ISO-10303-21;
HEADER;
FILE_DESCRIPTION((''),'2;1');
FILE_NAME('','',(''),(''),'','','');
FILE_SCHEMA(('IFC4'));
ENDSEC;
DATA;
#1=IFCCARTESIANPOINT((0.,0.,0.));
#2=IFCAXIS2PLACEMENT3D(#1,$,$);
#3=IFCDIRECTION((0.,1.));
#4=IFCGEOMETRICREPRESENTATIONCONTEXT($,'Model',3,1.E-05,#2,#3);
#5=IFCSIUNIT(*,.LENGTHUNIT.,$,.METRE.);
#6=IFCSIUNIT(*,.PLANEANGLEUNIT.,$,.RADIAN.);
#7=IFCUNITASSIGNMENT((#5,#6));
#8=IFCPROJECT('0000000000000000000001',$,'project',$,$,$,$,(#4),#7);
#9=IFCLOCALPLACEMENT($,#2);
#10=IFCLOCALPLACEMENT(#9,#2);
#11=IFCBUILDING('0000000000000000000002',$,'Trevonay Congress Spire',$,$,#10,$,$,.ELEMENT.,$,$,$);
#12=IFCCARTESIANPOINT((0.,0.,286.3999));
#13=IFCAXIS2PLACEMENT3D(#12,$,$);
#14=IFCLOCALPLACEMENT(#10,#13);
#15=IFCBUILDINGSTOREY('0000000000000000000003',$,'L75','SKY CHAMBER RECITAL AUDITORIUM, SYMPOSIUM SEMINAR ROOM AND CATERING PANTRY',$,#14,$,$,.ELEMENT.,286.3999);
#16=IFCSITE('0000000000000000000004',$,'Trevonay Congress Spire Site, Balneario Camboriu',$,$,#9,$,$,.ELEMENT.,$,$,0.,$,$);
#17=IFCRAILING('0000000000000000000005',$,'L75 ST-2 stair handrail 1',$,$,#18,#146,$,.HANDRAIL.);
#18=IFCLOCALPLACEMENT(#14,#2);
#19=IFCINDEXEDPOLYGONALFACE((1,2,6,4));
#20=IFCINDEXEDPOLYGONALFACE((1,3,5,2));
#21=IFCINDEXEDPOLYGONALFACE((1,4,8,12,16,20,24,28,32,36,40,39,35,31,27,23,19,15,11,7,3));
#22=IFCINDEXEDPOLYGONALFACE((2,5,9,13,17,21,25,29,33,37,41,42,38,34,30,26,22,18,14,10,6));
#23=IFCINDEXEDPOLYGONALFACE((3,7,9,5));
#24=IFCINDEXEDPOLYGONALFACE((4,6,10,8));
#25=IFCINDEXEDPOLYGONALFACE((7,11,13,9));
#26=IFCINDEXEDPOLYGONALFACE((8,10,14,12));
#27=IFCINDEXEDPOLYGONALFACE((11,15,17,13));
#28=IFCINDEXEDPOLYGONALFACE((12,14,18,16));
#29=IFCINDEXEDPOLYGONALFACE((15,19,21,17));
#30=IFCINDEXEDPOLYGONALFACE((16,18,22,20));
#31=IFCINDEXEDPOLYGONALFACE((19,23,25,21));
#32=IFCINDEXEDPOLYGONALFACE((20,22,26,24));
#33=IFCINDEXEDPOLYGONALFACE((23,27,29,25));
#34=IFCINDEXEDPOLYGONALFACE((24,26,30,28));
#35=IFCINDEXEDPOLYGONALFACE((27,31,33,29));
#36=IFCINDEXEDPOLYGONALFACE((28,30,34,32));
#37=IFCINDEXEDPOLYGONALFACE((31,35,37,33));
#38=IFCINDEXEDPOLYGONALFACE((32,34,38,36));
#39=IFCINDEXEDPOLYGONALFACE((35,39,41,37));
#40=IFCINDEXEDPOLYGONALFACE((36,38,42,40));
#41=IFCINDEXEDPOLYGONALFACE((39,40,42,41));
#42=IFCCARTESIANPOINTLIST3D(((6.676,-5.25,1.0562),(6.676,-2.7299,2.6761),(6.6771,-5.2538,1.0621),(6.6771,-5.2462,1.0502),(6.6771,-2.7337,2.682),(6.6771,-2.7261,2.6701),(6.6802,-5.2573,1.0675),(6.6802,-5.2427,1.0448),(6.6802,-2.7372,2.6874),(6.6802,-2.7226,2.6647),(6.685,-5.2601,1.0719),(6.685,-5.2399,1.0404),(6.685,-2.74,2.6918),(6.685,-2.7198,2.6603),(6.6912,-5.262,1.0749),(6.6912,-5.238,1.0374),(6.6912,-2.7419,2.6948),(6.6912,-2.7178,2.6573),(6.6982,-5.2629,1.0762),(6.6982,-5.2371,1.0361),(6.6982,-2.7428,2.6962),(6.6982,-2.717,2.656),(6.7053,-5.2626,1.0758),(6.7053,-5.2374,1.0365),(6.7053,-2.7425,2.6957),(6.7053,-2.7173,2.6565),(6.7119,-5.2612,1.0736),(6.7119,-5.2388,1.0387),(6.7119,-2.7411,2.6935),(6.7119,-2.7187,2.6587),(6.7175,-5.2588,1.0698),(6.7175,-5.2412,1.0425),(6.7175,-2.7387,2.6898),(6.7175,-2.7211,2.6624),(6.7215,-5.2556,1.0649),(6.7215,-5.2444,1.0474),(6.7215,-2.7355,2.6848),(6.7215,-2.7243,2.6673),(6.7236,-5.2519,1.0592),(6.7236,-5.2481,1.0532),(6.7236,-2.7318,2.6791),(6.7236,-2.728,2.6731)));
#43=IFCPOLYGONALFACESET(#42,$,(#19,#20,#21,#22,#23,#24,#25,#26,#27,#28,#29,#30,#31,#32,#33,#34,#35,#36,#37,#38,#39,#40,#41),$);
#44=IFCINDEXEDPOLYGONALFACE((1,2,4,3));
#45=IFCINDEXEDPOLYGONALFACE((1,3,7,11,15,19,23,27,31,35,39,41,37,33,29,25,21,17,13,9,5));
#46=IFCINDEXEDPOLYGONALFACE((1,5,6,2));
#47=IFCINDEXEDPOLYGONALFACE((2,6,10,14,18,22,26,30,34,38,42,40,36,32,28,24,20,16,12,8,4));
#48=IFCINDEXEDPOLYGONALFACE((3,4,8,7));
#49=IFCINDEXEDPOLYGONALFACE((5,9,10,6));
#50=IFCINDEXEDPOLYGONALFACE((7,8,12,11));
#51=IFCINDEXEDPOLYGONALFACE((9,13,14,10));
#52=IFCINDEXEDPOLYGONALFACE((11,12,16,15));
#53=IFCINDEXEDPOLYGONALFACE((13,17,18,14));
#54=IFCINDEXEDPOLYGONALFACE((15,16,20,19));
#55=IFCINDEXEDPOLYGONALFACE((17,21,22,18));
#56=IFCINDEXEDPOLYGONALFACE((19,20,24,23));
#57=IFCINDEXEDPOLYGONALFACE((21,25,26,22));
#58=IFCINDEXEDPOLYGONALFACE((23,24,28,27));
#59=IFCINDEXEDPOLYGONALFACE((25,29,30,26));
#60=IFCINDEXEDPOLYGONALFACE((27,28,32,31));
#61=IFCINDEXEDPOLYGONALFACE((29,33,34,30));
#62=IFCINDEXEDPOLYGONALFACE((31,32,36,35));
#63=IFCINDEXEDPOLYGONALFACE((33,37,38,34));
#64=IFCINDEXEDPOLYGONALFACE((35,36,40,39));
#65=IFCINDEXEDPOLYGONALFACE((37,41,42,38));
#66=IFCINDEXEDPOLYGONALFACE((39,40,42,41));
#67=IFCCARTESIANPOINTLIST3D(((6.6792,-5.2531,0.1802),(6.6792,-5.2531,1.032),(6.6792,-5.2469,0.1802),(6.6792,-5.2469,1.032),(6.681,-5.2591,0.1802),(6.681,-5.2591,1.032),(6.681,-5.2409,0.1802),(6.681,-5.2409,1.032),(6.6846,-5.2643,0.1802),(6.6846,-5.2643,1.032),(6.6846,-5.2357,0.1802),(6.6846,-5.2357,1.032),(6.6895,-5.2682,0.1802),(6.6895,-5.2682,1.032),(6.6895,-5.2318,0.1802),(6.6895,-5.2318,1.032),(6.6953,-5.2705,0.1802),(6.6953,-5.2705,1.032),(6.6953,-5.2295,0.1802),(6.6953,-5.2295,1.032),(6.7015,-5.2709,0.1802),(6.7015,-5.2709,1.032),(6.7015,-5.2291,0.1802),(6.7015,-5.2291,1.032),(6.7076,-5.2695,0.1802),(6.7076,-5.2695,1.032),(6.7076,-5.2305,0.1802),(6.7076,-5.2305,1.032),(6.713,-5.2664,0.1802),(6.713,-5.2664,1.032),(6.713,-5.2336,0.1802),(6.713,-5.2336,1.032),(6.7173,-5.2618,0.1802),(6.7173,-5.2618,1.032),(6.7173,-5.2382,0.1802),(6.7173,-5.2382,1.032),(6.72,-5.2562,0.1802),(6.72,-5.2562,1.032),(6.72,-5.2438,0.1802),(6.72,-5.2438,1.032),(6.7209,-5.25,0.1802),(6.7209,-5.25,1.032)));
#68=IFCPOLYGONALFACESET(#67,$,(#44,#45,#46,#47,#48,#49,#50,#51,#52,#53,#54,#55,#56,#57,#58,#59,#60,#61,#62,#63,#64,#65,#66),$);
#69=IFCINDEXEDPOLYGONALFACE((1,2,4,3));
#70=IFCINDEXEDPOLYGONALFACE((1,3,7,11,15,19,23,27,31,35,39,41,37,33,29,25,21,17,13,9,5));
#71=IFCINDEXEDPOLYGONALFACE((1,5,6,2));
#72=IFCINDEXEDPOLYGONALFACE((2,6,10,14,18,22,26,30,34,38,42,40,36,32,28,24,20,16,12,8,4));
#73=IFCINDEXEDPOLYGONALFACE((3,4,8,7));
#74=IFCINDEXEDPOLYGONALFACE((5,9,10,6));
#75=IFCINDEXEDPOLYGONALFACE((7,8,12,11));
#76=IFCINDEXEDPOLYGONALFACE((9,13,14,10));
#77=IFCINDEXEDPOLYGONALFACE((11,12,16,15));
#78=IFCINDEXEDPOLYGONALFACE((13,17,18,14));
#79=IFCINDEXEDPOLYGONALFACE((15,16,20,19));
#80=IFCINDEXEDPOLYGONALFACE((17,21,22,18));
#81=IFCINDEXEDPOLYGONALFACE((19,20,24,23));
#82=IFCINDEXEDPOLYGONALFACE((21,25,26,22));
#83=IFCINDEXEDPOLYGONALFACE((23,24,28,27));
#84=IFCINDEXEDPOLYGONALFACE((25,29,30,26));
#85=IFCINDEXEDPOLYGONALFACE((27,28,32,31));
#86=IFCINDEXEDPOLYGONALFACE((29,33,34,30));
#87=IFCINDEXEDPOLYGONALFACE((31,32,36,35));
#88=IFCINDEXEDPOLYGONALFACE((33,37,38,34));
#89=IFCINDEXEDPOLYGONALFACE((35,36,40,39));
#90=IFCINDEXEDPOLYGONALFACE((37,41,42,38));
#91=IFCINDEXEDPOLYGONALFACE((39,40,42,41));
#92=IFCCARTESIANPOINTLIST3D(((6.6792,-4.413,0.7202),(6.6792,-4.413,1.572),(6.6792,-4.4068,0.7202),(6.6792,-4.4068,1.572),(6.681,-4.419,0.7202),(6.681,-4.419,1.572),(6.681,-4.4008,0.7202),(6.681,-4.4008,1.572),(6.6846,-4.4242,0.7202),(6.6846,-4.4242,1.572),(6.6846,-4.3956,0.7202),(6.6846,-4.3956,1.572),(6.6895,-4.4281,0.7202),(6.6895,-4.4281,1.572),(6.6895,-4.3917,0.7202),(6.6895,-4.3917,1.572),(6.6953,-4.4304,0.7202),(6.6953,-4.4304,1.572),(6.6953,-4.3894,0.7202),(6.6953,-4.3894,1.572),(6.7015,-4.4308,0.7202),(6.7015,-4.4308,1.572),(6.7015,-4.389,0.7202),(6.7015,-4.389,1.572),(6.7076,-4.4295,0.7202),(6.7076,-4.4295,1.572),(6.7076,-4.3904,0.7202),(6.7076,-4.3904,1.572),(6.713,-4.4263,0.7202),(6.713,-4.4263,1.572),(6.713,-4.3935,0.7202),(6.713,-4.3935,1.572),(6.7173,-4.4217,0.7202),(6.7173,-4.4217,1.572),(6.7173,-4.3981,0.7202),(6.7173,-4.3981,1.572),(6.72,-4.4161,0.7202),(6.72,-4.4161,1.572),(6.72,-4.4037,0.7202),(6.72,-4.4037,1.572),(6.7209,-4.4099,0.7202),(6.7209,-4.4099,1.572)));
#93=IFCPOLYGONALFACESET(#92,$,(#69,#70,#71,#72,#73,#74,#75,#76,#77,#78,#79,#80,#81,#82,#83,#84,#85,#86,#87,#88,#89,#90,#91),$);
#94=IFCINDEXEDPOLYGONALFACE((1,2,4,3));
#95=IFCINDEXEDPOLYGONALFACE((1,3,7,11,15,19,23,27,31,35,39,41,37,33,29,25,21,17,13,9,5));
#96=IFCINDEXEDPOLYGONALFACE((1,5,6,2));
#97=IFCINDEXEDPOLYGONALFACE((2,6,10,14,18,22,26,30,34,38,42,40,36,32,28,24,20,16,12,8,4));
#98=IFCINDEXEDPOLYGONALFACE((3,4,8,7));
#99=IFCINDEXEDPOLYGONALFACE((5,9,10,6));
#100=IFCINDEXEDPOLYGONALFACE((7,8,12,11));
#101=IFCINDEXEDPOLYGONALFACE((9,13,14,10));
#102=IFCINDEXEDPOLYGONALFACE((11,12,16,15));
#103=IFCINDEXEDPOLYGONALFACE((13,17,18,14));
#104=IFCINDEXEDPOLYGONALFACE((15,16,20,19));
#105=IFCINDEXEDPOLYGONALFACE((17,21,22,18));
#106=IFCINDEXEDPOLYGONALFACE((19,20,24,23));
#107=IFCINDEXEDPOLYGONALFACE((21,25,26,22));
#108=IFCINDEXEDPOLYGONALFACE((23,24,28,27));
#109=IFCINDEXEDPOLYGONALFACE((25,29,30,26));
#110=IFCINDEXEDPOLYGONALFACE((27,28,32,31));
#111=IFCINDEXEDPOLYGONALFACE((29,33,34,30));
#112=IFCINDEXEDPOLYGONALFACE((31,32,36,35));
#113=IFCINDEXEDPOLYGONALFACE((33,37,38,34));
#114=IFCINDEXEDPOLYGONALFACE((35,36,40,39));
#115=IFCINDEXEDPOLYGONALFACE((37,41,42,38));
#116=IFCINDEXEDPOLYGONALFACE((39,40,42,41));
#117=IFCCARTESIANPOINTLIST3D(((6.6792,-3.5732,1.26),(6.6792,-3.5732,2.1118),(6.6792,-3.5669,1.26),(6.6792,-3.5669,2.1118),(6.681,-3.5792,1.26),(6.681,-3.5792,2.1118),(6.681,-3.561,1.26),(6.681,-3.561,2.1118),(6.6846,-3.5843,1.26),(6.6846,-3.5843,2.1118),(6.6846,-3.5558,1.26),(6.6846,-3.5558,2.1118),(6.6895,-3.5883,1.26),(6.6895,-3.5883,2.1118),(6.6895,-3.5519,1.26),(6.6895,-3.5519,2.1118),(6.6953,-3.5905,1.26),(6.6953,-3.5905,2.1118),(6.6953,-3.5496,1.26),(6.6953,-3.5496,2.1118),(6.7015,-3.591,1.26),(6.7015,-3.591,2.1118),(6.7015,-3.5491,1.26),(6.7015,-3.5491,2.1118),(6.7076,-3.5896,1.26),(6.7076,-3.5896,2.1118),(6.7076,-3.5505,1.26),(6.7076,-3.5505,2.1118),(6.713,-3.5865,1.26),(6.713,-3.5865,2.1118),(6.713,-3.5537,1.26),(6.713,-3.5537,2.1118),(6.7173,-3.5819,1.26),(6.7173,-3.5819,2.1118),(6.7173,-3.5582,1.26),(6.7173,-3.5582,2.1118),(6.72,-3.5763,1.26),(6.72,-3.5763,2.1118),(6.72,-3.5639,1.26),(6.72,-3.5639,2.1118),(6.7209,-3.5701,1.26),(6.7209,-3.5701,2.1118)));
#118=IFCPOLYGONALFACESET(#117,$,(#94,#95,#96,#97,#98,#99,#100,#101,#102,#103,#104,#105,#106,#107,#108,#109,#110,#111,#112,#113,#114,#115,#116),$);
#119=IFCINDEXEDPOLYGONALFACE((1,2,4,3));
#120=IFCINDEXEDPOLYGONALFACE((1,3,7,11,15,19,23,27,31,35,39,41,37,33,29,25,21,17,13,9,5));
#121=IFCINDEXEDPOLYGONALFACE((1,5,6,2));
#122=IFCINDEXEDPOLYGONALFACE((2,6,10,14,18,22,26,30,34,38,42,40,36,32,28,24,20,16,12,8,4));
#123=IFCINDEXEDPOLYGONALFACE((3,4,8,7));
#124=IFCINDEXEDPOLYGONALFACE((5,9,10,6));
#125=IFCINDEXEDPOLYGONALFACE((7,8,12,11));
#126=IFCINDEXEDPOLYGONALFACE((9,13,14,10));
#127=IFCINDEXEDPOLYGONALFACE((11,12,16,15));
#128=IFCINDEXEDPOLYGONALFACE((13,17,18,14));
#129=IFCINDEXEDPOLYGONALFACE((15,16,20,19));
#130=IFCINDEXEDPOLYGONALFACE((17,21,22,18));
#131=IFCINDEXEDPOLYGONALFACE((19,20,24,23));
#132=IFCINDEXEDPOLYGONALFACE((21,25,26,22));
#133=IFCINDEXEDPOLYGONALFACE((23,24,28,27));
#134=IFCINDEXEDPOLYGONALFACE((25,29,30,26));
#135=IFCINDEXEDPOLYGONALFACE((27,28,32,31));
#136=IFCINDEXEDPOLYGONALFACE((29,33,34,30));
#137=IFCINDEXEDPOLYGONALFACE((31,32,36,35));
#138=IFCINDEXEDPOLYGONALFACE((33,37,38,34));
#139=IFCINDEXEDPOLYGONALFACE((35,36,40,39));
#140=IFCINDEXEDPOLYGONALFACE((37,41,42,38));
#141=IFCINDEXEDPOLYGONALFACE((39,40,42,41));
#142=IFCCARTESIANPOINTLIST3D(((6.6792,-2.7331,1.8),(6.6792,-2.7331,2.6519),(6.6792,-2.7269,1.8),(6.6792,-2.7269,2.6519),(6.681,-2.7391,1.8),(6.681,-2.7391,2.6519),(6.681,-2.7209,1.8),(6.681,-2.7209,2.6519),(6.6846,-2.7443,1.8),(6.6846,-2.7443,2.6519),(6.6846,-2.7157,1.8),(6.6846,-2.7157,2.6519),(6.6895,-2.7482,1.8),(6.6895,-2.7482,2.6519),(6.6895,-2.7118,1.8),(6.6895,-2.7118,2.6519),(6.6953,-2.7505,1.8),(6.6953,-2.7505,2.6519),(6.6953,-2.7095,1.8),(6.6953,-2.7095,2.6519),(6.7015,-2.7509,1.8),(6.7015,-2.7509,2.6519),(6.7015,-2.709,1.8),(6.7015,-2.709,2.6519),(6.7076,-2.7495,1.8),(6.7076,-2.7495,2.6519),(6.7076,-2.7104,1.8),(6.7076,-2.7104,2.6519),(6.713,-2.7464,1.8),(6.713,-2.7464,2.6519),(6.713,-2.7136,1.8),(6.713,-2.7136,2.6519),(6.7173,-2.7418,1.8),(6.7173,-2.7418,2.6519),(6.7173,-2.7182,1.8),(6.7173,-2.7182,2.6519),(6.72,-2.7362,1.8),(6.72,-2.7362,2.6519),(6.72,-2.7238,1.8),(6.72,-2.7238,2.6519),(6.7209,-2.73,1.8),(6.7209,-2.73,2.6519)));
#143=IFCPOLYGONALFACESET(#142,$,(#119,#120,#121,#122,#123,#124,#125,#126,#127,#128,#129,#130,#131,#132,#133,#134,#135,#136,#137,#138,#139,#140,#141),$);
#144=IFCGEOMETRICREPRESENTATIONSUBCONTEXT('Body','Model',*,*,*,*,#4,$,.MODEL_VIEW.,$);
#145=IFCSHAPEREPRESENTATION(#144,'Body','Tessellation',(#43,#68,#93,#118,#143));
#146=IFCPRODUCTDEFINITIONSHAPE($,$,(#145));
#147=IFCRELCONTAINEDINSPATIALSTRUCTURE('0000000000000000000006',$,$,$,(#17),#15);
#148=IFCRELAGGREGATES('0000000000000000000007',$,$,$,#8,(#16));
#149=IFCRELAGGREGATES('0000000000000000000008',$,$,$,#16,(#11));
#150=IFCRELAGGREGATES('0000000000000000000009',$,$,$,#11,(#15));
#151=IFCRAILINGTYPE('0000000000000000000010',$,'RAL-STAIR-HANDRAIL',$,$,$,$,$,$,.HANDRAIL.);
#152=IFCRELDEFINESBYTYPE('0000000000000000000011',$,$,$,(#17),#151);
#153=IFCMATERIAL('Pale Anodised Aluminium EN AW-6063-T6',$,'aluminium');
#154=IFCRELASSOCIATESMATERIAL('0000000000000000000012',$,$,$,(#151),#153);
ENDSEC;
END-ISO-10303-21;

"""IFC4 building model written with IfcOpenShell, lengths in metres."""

from ifc_helpers import new_model, si_unit, direction, frame, origin, origin_2d, place, context, subcontext, project, spatial, circle, extrude, material, type_object, element, save


model = new_model("IFC4")

# Units and contexts
model_context = context("Model", 3, precision=1e-05, world=origin(), true_north=direction((0.0, 1.0)))
body_context = subcontext(model_context, "Body", "Model", "MODEL_VIEW")
ifc_project = project(units=[si_unit("LENGTHUNIT", "METRE"), si_unit("PLANEANGLEUNIT", "RADIAN")], contexts=[model_context])

# Site, building, storey
site_placement = place(None, origin())
site = spatial("IfcSite", under=ifc_project, at=site_placement, Name="Trevonay Congress Spire Site, Balneario Camboriu", CompositionType="ELEMENT", RefElevation=0.0)
building_placement = place(site_placement, origin())
building = spatial("IfcBuilding", under=site, at=building_placement, Name="Trevonay Congress Spire", CompositionType="ELEMENT")
storey_placement = place(building_placement, frame((0.0, 0.0, 286.3999)))
storey = spatial("IfcBuildingStorey", under=building, at=storey_placement, Name="L75", Description="SKY CHAMBER RECITAL AUDITORIUM, SYMPOSIUM SEMINAR ROOM AND CATERING PANTRY", CompositionType="ELEMENT", Elevation=286.3999)

# Shared definitions
ifc_material_1 = material(Name="Pale Anodised Aluminium EN AW-6063-T6", Category="aluminium")

# Railing
railing_type = type_object("IfcRailingType", Name="RAL-STAIR-HANDRAIL", PredefinedType="HANDRAIL", material=ifc_material_1)
railing_placement = place(storey_placement, frame((6.7, -5.25, 0.1802)))
element("IfcRailing", 1, at=railing_placement, inside=storey, type_object=railing_type, Name="L75 ST-2 stair handrail 1", PredefinedType="HANDRAIL", context=body_context, shape_type="SweptSolid", body=[
    extrude(circle(Radius=0.0239, at=origin_2d()), frame((0.0, 0.0, 0.876), z_axis=(0.0, 0.8412, 0.540725), x_axis=(-1.0, 0.0, 0.0)), (0.0, 0.0, 1.0), 2.9958),
    extrude(circle(Radius=0.021, at=origin_2d()), origin(), (0.0, 0.0, 1.0), 0.8518),
    extrude(circle(Radius=0.021, at=origin_2d()), frame((0.0, 0.8401, 0.54)), (0.0, 0.0, 1.0), 0.8518),
    extrude(circle(Radius=0.021, at=origin_2d()), frame((0.0, 1.6799, 1.0798)), (0.0, 0.0, 1.0), 0.8518),
    extrude(circle(Radius=0.021, at=origin_2d()), frame((0.0, 2.52, 1.6199)), (0.0, 0.0, 1.0), 0.8518),
])

save(model, "model.ifc")
